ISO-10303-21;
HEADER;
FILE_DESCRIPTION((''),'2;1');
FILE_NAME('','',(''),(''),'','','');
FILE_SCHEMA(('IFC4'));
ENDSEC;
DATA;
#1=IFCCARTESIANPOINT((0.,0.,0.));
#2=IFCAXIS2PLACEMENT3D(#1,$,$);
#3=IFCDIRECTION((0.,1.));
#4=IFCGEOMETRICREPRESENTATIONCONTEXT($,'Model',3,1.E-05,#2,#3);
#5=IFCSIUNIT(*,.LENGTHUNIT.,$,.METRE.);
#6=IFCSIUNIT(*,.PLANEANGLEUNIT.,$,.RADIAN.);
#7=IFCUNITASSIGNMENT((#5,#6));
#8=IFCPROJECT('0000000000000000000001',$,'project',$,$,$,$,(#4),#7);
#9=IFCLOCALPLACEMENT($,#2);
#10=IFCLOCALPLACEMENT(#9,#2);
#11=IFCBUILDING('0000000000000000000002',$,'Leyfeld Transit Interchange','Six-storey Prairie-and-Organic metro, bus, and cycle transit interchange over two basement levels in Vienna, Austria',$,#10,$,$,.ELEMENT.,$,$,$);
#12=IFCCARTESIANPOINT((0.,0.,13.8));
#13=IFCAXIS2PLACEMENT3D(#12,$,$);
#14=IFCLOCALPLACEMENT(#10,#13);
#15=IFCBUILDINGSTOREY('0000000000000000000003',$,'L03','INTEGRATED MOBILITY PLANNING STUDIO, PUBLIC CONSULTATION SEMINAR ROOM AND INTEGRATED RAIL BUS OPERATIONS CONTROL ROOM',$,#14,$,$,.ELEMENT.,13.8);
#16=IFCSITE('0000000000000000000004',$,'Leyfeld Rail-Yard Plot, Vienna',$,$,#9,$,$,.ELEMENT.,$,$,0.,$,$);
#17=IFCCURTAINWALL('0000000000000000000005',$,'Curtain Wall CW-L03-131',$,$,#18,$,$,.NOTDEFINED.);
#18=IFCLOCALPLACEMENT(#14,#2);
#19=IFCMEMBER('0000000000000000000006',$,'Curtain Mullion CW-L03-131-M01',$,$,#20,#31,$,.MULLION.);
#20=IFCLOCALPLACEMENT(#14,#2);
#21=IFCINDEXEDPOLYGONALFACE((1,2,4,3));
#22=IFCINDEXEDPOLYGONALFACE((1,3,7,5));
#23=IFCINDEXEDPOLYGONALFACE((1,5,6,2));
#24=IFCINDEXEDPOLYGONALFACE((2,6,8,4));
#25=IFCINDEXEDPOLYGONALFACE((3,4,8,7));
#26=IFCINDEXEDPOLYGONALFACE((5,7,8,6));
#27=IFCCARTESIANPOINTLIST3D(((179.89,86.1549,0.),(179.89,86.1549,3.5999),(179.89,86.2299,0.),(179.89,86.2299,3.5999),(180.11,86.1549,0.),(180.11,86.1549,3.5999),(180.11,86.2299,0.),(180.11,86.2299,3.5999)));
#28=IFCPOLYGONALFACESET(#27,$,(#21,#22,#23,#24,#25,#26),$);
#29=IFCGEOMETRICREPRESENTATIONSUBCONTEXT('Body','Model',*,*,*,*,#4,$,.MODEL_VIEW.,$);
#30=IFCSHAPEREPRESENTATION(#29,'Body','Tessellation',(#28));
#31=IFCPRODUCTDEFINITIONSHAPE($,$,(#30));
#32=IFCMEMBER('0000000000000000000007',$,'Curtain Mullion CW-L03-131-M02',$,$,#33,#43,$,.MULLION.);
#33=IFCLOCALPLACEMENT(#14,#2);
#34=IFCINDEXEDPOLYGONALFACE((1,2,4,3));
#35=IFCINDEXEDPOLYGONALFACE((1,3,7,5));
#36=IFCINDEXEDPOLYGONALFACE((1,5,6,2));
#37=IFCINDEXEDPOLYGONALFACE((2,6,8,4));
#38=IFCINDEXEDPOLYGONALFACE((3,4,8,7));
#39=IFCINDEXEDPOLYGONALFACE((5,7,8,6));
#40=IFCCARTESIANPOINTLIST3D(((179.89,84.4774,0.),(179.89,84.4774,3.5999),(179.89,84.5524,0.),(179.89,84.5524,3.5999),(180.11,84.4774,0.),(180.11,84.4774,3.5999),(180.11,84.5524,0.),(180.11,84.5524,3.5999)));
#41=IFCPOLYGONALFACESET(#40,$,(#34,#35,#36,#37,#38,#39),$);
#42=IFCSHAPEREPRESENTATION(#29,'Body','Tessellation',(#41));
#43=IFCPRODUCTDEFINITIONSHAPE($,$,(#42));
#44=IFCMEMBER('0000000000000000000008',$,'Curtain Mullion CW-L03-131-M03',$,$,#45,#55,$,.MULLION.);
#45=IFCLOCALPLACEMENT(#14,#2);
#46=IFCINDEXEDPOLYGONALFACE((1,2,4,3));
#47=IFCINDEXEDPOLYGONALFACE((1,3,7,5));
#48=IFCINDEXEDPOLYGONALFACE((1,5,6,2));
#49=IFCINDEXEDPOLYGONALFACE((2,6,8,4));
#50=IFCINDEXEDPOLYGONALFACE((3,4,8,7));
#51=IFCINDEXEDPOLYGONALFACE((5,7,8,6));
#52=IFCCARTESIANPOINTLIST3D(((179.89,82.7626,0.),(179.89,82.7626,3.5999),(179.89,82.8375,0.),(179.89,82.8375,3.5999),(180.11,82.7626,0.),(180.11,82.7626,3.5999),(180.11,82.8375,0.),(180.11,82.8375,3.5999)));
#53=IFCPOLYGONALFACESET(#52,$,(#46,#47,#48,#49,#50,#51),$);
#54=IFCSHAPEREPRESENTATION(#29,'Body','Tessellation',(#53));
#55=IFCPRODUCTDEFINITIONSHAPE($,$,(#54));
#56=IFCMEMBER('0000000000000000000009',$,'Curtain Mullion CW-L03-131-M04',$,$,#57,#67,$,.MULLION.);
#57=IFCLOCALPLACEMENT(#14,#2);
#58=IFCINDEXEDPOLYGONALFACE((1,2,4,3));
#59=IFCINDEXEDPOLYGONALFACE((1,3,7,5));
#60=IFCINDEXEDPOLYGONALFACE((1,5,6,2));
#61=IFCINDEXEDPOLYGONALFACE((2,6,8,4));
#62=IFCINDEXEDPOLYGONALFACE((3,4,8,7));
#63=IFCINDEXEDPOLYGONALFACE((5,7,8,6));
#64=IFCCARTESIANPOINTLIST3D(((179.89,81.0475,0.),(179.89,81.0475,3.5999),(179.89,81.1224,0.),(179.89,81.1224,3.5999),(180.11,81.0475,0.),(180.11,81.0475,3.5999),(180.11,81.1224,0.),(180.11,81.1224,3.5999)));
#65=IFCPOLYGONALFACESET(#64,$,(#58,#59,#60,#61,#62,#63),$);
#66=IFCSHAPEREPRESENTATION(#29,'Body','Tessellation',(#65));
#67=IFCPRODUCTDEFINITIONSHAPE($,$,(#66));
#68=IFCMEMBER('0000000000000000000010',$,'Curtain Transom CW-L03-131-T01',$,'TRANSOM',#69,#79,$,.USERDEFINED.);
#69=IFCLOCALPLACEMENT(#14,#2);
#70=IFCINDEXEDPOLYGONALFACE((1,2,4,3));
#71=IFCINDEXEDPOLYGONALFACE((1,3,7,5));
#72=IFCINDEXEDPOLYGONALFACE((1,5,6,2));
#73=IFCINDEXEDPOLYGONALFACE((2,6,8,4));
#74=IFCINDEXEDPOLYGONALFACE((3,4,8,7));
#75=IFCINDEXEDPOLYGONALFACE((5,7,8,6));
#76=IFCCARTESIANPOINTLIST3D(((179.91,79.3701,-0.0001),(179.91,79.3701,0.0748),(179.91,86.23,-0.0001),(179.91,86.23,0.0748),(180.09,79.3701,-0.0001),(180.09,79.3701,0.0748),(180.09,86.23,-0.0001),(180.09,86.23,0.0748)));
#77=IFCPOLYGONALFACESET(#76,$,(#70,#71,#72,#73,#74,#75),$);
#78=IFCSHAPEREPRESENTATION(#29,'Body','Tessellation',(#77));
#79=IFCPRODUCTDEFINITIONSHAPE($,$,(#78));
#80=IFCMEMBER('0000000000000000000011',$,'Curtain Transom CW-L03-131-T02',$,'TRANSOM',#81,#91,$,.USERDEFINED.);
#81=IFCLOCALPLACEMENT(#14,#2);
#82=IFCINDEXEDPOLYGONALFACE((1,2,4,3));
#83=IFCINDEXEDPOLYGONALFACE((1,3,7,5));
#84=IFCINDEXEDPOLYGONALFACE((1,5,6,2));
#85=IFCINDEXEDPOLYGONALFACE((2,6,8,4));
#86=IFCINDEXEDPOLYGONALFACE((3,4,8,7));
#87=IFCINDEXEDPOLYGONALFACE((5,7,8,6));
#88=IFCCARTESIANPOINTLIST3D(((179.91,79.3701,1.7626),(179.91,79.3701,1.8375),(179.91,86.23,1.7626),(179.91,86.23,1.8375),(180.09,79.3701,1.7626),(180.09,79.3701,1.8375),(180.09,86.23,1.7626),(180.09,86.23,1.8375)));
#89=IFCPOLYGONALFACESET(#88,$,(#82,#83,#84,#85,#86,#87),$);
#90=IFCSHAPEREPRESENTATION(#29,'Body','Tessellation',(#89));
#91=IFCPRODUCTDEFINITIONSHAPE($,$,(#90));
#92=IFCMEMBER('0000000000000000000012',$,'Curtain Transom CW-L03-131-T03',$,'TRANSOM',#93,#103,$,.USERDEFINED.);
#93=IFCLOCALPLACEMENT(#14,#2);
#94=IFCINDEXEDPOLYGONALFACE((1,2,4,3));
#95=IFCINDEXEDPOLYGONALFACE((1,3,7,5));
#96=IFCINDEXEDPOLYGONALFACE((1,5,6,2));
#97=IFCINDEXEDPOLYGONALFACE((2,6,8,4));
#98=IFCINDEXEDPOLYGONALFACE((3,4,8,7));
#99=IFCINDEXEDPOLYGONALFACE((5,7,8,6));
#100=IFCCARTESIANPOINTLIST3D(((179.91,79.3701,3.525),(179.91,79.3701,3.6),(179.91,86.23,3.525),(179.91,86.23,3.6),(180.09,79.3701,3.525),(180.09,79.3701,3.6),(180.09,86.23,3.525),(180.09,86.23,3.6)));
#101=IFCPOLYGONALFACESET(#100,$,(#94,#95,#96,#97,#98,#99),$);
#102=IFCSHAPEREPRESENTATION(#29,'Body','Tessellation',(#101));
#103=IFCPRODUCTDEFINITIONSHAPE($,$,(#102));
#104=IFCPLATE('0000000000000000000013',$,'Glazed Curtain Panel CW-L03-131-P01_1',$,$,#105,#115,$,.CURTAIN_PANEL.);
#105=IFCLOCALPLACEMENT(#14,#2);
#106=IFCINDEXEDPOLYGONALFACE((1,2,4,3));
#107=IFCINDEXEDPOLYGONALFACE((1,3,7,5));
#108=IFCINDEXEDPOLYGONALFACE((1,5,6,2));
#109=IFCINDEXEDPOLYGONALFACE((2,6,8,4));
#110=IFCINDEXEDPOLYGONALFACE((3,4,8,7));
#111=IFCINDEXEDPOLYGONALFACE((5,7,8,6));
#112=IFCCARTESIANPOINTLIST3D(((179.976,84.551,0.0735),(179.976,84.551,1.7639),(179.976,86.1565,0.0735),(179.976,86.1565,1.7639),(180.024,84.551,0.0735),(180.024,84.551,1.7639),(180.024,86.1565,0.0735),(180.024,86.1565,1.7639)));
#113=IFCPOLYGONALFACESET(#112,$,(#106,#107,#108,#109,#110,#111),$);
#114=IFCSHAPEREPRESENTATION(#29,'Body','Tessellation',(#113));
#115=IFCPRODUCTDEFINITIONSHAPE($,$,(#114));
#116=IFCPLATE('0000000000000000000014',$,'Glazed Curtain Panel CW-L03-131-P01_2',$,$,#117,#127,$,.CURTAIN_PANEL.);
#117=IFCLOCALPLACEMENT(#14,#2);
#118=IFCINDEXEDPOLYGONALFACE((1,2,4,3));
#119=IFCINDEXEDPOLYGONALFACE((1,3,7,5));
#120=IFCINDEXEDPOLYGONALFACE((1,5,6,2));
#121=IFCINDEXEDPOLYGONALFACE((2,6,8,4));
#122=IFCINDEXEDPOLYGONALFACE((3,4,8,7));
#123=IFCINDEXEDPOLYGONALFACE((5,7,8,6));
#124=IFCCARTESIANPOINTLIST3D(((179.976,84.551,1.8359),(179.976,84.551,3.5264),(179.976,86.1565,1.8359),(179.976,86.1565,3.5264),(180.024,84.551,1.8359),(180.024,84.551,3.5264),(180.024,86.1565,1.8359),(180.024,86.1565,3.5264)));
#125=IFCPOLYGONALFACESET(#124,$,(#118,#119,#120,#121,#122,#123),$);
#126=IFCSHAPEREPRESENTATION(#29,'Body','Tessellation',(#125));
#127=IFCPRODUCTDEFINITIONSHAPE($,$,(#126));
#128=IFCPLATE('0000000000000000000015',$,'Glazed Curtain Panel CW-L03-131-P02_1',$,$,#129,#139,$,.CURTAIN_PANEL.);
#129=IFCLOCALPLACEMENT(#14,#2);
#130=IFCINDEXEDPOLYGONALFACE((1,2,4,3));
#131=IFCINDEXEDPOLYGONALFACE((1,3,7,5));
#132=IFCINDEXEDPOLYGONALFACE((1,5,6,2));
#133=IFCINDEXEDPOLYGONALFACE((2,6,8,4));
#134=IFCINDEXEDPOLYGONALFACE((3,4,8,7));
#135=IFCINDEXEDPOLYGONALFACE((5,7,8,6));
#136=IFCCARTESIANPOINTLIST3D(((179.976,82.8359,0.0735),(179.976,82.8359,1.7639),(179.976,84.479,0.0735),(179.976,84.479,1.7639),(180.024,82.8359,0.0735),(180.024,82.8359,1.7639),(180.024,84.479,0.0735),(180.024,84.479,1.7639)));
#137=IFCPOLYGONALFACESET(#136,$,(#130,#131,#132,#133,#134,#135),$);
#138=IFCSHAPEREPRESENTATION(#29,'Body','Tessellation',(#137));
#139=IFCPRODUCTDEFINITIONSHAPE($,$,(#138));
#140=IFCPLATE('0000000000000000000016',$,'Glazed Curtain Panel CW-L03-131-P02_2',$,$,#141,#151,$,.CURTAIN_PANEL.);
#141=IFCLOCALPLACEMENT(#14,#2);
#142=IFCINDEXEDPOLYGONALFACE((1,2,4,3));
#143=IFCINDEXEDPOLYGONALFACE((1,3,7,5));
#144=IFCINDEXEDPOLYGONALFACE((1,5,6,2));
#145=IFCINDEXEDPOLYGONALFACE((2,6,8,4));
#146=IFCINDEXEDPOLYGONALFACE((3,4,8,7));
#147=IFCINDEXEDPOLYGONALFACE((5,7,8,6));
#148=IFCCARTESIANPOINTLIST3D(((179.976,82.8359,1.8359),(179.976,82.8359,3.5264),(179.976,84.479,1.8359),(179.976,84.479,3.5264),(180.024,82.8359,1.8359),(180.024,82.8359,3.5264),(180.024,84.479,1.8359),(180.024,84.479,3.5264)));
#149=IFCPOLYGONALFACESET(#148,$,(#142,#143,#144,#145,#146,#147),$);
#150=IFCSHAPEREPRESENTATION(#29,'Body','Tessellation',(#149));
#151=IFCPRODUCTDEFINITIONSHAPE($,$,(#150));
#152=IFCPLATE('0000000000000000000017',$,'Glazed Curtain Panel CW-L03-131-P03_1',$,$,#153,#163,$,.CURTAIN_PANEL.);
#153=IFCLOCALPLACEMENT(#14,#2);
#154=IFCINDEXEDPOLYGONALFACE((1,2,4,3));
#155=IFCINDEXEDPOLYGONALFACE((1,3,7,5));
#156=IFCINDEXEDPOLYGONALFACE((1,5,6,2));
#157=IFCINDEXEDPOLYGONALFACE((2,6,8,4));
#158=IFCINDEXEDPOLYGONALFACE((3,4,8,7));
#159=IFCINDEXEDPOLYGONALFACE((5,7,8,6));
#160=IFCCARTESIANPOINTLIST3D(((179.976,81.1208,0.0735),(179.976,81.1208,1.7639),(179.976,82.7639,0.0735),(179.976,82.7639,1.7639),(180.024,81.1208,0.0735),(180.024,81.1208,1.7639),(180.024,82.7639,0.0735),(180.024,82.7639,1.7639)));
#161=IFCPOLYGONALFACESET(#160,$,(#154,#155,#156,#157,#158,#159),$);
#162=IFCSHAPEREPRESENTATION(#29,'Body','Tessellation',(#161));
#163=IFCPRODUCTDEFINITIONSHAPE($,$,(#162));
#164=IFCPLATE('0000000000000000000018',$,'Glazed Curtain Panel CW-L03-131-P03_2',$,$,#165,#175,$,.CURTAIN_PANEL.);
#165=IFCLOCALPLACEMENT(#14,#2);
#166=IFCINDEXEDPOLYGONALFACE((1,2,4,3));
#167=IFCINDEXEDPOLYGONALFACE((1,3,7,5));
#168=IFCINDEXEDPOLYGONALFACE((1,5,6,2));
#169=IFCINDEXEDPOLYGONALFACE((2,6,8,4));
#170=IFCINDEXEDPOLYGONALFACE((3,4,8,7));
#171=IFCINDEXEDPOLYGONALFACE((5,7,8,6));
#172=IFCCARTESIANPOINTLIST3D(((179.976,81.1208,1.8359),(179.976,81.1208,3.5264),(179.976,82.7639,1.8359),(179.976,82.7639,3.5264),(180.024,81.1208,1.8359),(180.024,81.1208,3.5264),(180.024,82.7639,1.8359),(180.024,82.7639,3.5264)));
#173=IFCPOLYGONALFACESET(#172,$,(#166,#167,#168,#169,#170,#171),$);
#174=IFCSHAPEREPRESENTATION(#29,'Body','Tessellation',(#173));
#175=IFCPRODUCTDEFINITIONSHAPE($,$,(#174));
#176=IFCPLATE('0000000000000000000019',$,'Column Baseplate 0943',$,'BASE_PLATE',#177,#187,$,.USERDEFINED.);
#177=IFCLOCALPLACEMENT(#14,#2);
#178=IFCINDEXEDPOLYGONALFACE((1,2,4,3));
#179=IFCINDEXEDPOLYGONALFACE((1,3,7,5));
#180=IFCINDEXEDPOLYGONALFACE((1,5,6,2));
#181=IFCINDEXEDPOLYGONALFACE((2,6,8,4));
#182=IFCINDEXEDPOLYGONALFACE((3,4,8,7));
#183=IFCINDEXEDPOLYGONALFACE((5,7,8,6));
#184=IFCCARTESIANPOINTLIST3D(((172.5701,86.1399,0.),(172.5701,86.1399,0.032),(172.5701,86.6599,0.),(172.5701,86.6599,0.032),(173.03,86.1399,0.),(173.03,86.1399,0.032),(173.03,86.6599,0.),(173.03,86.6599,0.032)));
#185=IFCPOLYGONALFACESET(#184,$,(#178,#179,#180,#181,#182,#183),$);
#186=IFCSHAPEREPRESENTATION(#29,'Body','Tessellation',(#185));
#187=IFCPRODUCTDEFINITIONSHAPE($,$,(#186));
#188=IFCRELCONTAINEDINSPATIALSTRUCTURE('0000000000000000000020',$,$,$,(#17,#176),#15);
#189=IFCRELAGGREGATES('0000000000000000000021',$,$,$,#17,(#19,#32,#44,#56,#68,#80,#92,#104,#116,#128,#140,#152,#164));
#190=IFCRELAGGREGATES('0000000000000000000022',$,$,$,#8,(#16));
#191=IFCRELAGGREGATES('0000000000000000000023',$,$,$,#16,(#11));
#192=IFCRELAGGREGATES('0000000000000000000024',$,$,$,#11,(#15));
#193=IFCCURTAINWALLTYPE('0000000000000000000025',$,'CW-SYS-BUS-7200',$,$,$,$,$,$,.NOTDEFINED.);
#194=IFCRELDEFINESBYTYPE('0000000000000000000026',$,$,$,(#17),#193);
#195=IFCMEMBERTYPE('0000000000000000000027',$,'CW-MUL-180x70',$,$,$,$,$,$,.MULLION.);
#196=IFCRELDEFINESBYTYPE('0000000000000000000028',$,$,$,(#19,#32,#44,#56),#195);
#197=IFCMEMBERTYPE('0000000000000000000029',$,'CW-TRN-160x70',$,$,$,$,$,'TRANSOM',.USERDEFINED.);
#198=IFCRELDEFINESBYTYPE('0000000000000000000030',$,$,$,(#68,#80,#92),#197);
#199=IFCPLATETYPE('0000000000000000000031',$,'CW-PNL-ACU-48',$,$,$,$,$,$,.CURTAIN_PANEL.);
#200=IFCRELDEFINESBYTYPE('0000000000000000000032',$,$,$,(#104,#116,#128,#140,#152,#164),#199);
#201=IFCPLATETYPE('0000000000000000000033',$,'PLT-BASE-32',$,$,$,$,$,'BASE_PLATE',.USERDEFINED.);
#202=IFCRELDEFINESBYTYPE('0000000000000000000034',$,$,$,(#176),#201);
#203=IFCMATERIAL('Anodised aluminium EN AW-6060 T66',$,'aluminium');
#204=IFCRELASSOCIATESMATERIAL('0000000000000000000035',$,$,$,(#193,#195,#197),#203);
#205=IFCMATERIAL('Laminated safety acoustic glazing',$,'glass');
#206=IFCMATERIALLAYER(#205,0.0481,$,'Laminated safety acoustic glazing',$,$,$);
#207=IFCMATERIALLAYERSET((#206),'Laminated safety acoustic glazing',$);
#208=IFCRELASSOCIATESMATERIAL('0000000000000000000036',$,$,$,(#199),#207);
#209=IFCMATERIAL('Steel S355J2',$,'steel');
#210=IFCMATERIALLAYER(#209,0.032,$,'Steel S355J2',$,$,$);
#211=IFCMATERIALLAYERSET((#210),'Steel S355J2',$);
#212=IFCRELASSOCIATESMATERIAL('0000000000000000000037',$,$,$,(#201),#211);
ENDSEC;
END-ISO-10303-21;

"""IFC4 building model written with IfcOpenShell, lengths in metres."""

from ifc_helpers import new_model, si_unit, direction, frame, origin, origin_2d, place, context, subcontext, project, spatial, rectangle, extrude, material, layer, layer_set, material_profile, profile_set, type_object, element, aggregate, save


model = new_model("IFC4")

# Units and contexts
model_context = context("Model", 3, precision=1e-05, world=origin(), true_north=direction((0.0, 1.0)))
body_context = subcontext(model_context, "Body", "Model", "MODEL_VIEW")
ifc_project = project(units=[si_unit("LENGTHUNIT", "METRE"), si_unit("PLANEANGLEUNIT", "RADIAN")], contexts=[model_context])

# Site, building, storey
site_placement = place(None, origin())
site = spatial("IfcSite", under=ifc_project, at=site_placement, Name="Leyfeld Rail-Yard Plot, Vienna", CompositionType="ELEMENT", RefElevation=0.0)
building_placement = place(site_placement, origin())
building = spatial("IfcBuilding", under=site, at=building_placement, Name="Leyfeld Transit Interchange", Description="Six-storey Prairie-and-Organic metro, bus, and cycle transit interchange over two basement levels in Vienna, Austria", CompositionType="ELEMENT")
storey_placement = place(building_placement, frame((0.0, 0.0, 13.8)))
storey = spatial("IfcBuildingStorey", under=building, at=storey_placement, Name="L03", Description="INTEGRATED MOBILITY PLANNING STUDIO, PUBLIC CONSULTATION SEMINAR ROOM AND INTEGRATED RAIL BUS OPERATIONS CONTROL ROOM", CompositionType="ELEMENT", Elevation=13.8)

# Shared definitions
ifc_material_1 = material(Name="Steel S355J2", Category="steel")

# Curtain wall, members, plates
ifc_material_2 = material(Name="Anodised aluminium EN AW-6060 T66", Category="aluminium")
curtain_wall_type = type_object("IfcCurtainWallType", Name="CW-SYS-BUS-7200", PredefinedType="NOTDEFINED", material=ifc_material_2)
curtain_wall_placement = place(storey_placement, origin())
curtain_wall = element("IfcCurtainWall", 1, at=curtain_wall_placement, inside=storey, type_object=curtain_wall_type, Name="Curtain Wall CW-L03-131", PredefinedType="NOTDEFINED")
ifc_material_profile_1 = material_profile(ifc_material_2, rectangle(XDim=0.075, YDim=0.22, at=origin_2d()), Name="CW-M 75x220")
ifc_profile_set_1 = profile_set([ifc_material_profile_1], Name="Anodised aluminium EN AW-6060 T66")
member_type_1 = type_object("IfcMemberType", Name="CW-MUL-180x70", PredefinedType="MULLION", material=ifc_profile_set_1)
member_1_placement = place(storey_placement, frame((180.0, 86.1924, 0.0), z_axis=(0.0, 0.0, 1.0), x_axis=(0.0, -1.0, 0.0)))
member_1 = element("IfcMember", 2, at=member_1_placement, type_object=member_type_1, Name="Curtain Mullion CW-L03-131-M01", PredefinedType="MULLION", context=body_context, shape_type="SweptSolid", body=[
    extrude(rectangle(XDim=0.075, YDim=0.22, at=origin_2d()), origin(), (0.0, 0.0, 1.0), 3.5999),
])
member_2_placement = place(storey_placement, frame((180.0, 84.5149, 0.0), z_axis=(0.0, 0.0, 1.0), x_axis=(0.0, -1.0, 0.0)))
member_2 = element("IfcMember", 3, at=member_2_placement, type_object=member_type_1, Name="Curtain Mullion CW-L03-131-M02", PredefinedType="MULLION", context=body_context, shape_type="SweptSolid", body=[
    extrude(rectangle(XDim=0.075, YDim=0.22, at=origin_2d()), origin(), (0.0, 0.0, 1.0), 3.5999),
])
member_3_placement = place(storey_placement, frame((180.0, 82.8, 0.0), z_axis=(0.0, 0.0, 1.0), x_axis=(0.0, -1.0, 0.0)))
member_3 = element("IfcMember", 4, at=member_3_placement, type_object=member_type_1, Name="Curtain Mullion CW-L03-131-M03", PredefinedType="MULLION", context=body_context, shape_type="SweptSolid", body=[
    extrude(rectangle(XDim=0.075, YDim=0.22, at=origin_2d()), origin(), (0.0, 0.0, 1.0), 3.5999),
])
member_4_placement = place(storey_placement, frame((180.0, 81.085, 0.0), z_axis=(0.0, 0.0, 1.0), x_axis=(0.0, -1.0, 0.0)))
member_4 = element("IfcMember", 5, at=member_4_placement, type_object=member_type_1, Name="Curtain Mullion CW-L03-131-M04", PredefinedType="MULLION", context=body_context, shape_type="SweptSolid", body=[
    extrude(rectangle(XDim=0.075, YDim=0.22, at=origin_2d()), origin(), (0.0, 0.0, 1.0), 3.5999),
])
ifc_material_profile_2 = material_profile(ifc_material_2, rectangle(XDim=0.1799, YDim=0.075, at=origin_2d()), Name="CW-TRN-160x70")
ifc_profile_set_2 = profile_set([ifc_material_profile_2], Name="Anodised aluminium EN AW-6060 T66")
member_type_2 = type_object("IfcMemberType", Name="CW-TRN-160x70", ElementType="TRANSOM", PredefinedType="USERDEFINED", material=ifc_profile_set_2)
member_5_placement = place(storey_placement, frame((180.0, 86.23, 0.0374), z_axis=(0.0, -1.0, 0.0), x_axis=(1.0, 0.0, 0.0)))
member_5 = element("IfcMember", 6, at=member_5_placement, type_object=member_type_2, Name="Curtain Transom CW-L03-131-T01", ObjectType="TRANSOM", PredefinedType="USERDEFINED", context=body_context, shape_type="SweptSolid", body=[
    extrude(rectangle(XDim=0.1799, YDim=0.075, at=origin_2d()), origin(), (0.0, 0.0, 1.0), 6.8599),
])
member_6_placement = place(storey_placement, frame((180.0, 86.23, 1.8), z_axis=(0.0, -1.0, 0.0), x_axis=(1.0, 0.0, 0.0)))
member_6 = element("IfcMember", 7, at=member_6_placement, type_object=member_type_2, Name="Curtain Transom CW-L03-131-T02", ObjectType="TRANSOM", PredefinedType="USERDEFINED", context=body_context, shape_type="SweptSolid", body=[
    extrude(rectangle(XDim=0.1799, YDim=0.075, at=origin_2d()), origin(), (0.0, 0.0, 1.0), 6.8599),
])
member_7_placement = place(storey_placement, frame((180.0, 86.23, 3.5625), z_axis=(0.0, -1.0, 0.0), x_axis=(1.0, 0.0, 0.0)))
member_7 = element("IfcMember", 8, at=member_7_placement, type_object=member_type_2, Name="Curtain Transom CW-L03-131-T03", ObjectType="TRANSOM", PredefinedType="USERDEFINED", context=body_context, shape_type="SweptSolid", body=[
    extrude(rectangle(XDim=0.1799, YDim=0.075, at=origin_2d()), origin(), (0.0, 0.0, 1.0), 6.8599),
])
ifc_material_3 = material(Name="Laminated safety acoustic glazing", Category="glass")
ifc_layer_1 = layer(ifc_material_3, 0.0481, Name="Laminated safety acoustic glazing")
ifc_layer_set_1 = layer_set([ifc_layer_1], Name="Laminated safety acoustic glazing")
plate_type_1 = type_object("IfcPlateType", Name="CW-PNL-ACU-48", PredefinedType="CURTAIN_PANEL", material=ifc_layer_set_1)
plate_1_placement = place(storey_placement, frame((180.0, 85.3538, 0.0735), z_axis=(0.0, 0.0, 1.0), x_axis=(0.0, -1.0, 0.0)))
plate_1 = element("IfcPlate", 9, at=plate_1_placement, type_object=plate_type_1, Name="Glazed Curtain Panel CW-L03-131-P01_1", PredefinedType="CURTAIN_PANEL", context=body_context, shape_type="SweptSolid", body=[
    extrude(rectangle(XDim=1.6055, YDim=0.0481, at=origin_2d()), origin(), (0.0, 0.0, 1.0), 1.6904),
])
plate_2_placement = place(storey_placement, frame((180.0, 85.3538, 1.8359), z_axis=(0.0, 0.0, 1.0), x_axis=(0.0, -1.0, 0.0)))
plate_2 = element("IfcPlate", 10, at=plate_2_placement, type_object=plate_type_1, Name="Glazed Curtain Panel CW-L03-131-P01_2", PredefinedType="CURTAIN_PANEL", context=body_context, shape_type="SweptSolid", body=[
    extrude(rectangle(XDim=1.6055, YDim=0.0481, at=origin_2d()), origin(), (0.0, 0.0, 1.0), 1.6904),
])
plate_3_placement = place(storey_placement, frame((180.0, 83.6575, 0.0735), z_axis=(0.0, 0.0, 1.0), x_axis=(0.0, -1.0, 0.0)))
plate_3 = element("IfcPlate", 11, at=plate_3_placement, type_object=plate_type_1, Name="Glazed Curtain Panel CW-L03-131-P02_1", PredefinedType="CURTAIN_PANEL", context=body_context, shape_type="SweptSolid", body=[
    extrude(rectangle(XDim=1.6431, YDim=0.0481, at=origin_2d()), origin(), (0.0, 0.0, 1.0), 1.6904),
])
plate_4_placement = place(storey_placement, frame((180.0, 83.6575, 1.8359), z_axis=(0.0, 0.0, 1.0), x_axis=(0.0, -1.0, 0.0)))
plate_4 = element("IfcPlate", 12, at=plate_4_placement, type_object=plate_type_1, Name="Glazed Curtain Panel CW-L03-131-P02_2", PredefinedType="CURTAIN_PANEL", context=body_context, shape_type="SweptSolid", body=[
    extrude(rectangle(XDim=1.6431, YDim=0.0481, at=origin_2d()), origin(), (0.0, 0.0, 1.0), 1.6904),
])
plate_5_placement = place(storey_placement, frame((180.0, 81.9424, 0.0735), z_axis=(0.0, 0.0, 1.0), x_axis=(0.0, -1.0, 0.0)))
plate_5 = element("IfcPlate", 13, at=plate_5_placement, type_object=plate_type_1, Name="Glazed Curtain Panel CW-L03-131-P03_1", PredefinedType="CURTAIN_PANEL", context=body_context, shape_type="SweptSolid", body=[
    extrude(rectangle(XDim=1.6431, YDim=0.0481, at=origin_2d()), origin(), (0.0, 0.0, 1.0), 1.6904),
])
plate_6_placement = place(storey_placement, frame((180.0, 81.9424, 1.8359), z_axis=(0.0, 0.0, 1.0), x_axis=(0.0, -1.0, 0.0)))
plate_6 = element("IfcPlate", 14, at=plate_6_placement, type_object=plate_type_1, Name="Glazed Curtain Panel CW-L03-131-P03_2", PredefinedType="CURTAIN_PANEL", context=body_context, shape_type="SweptSolid", body=[
    extrude(rectangle(XDim=1.6431, YDim=0.0481, at=origin_2d()), origin(), (0.0, 0.0, 1.0), 1.6904),
])
aggregate(curtain_wall, [member_1, member_2, member_3, member_4, member_5, member_6, member_7, plate_1, plate_2, plate_3, plate_4, plate_5, plate_6])

# Plate
ifc_layer_2 = layer(ifc_material_1, 0.032, Name="Steel S355J2")
ifc_layer_set_2 = layer_set([ifc_layer_2], Name="Steel S355J2")
plate_type_2 = type_object("IfcPlateType", Name="PLT-BASE-32", ElementType="BASE_PLATE", PredefinedType="USERDEFINED", material=ifc_layer_set_2)
for number, where, z_axis, x_axis, name in (
    (15, (172.8, 86.3999, 0.0), (0.0, 0.0, 1.0), (1.0, 0.0, 0.0), "Column Baseplate 0943"),
):
    element("IfcPlate", number, at=place(storey_placement, frame(where, z_axis=z_axis, x_axis=x_axis)), inside=storey, type_object=plate_type_2, Name=name, ObjectType="BASE_PLATE", PredefinedType="USERDEFINED", context=body_context, shape_type="SweptSolid", body=[
        extrude(rectangle(XDim=0.46, YDim=0.52, at=origin_2d()), origin(), (0.0, 0.0, 1.0), 0.032),
    ])

save(model, "model.ifc")
